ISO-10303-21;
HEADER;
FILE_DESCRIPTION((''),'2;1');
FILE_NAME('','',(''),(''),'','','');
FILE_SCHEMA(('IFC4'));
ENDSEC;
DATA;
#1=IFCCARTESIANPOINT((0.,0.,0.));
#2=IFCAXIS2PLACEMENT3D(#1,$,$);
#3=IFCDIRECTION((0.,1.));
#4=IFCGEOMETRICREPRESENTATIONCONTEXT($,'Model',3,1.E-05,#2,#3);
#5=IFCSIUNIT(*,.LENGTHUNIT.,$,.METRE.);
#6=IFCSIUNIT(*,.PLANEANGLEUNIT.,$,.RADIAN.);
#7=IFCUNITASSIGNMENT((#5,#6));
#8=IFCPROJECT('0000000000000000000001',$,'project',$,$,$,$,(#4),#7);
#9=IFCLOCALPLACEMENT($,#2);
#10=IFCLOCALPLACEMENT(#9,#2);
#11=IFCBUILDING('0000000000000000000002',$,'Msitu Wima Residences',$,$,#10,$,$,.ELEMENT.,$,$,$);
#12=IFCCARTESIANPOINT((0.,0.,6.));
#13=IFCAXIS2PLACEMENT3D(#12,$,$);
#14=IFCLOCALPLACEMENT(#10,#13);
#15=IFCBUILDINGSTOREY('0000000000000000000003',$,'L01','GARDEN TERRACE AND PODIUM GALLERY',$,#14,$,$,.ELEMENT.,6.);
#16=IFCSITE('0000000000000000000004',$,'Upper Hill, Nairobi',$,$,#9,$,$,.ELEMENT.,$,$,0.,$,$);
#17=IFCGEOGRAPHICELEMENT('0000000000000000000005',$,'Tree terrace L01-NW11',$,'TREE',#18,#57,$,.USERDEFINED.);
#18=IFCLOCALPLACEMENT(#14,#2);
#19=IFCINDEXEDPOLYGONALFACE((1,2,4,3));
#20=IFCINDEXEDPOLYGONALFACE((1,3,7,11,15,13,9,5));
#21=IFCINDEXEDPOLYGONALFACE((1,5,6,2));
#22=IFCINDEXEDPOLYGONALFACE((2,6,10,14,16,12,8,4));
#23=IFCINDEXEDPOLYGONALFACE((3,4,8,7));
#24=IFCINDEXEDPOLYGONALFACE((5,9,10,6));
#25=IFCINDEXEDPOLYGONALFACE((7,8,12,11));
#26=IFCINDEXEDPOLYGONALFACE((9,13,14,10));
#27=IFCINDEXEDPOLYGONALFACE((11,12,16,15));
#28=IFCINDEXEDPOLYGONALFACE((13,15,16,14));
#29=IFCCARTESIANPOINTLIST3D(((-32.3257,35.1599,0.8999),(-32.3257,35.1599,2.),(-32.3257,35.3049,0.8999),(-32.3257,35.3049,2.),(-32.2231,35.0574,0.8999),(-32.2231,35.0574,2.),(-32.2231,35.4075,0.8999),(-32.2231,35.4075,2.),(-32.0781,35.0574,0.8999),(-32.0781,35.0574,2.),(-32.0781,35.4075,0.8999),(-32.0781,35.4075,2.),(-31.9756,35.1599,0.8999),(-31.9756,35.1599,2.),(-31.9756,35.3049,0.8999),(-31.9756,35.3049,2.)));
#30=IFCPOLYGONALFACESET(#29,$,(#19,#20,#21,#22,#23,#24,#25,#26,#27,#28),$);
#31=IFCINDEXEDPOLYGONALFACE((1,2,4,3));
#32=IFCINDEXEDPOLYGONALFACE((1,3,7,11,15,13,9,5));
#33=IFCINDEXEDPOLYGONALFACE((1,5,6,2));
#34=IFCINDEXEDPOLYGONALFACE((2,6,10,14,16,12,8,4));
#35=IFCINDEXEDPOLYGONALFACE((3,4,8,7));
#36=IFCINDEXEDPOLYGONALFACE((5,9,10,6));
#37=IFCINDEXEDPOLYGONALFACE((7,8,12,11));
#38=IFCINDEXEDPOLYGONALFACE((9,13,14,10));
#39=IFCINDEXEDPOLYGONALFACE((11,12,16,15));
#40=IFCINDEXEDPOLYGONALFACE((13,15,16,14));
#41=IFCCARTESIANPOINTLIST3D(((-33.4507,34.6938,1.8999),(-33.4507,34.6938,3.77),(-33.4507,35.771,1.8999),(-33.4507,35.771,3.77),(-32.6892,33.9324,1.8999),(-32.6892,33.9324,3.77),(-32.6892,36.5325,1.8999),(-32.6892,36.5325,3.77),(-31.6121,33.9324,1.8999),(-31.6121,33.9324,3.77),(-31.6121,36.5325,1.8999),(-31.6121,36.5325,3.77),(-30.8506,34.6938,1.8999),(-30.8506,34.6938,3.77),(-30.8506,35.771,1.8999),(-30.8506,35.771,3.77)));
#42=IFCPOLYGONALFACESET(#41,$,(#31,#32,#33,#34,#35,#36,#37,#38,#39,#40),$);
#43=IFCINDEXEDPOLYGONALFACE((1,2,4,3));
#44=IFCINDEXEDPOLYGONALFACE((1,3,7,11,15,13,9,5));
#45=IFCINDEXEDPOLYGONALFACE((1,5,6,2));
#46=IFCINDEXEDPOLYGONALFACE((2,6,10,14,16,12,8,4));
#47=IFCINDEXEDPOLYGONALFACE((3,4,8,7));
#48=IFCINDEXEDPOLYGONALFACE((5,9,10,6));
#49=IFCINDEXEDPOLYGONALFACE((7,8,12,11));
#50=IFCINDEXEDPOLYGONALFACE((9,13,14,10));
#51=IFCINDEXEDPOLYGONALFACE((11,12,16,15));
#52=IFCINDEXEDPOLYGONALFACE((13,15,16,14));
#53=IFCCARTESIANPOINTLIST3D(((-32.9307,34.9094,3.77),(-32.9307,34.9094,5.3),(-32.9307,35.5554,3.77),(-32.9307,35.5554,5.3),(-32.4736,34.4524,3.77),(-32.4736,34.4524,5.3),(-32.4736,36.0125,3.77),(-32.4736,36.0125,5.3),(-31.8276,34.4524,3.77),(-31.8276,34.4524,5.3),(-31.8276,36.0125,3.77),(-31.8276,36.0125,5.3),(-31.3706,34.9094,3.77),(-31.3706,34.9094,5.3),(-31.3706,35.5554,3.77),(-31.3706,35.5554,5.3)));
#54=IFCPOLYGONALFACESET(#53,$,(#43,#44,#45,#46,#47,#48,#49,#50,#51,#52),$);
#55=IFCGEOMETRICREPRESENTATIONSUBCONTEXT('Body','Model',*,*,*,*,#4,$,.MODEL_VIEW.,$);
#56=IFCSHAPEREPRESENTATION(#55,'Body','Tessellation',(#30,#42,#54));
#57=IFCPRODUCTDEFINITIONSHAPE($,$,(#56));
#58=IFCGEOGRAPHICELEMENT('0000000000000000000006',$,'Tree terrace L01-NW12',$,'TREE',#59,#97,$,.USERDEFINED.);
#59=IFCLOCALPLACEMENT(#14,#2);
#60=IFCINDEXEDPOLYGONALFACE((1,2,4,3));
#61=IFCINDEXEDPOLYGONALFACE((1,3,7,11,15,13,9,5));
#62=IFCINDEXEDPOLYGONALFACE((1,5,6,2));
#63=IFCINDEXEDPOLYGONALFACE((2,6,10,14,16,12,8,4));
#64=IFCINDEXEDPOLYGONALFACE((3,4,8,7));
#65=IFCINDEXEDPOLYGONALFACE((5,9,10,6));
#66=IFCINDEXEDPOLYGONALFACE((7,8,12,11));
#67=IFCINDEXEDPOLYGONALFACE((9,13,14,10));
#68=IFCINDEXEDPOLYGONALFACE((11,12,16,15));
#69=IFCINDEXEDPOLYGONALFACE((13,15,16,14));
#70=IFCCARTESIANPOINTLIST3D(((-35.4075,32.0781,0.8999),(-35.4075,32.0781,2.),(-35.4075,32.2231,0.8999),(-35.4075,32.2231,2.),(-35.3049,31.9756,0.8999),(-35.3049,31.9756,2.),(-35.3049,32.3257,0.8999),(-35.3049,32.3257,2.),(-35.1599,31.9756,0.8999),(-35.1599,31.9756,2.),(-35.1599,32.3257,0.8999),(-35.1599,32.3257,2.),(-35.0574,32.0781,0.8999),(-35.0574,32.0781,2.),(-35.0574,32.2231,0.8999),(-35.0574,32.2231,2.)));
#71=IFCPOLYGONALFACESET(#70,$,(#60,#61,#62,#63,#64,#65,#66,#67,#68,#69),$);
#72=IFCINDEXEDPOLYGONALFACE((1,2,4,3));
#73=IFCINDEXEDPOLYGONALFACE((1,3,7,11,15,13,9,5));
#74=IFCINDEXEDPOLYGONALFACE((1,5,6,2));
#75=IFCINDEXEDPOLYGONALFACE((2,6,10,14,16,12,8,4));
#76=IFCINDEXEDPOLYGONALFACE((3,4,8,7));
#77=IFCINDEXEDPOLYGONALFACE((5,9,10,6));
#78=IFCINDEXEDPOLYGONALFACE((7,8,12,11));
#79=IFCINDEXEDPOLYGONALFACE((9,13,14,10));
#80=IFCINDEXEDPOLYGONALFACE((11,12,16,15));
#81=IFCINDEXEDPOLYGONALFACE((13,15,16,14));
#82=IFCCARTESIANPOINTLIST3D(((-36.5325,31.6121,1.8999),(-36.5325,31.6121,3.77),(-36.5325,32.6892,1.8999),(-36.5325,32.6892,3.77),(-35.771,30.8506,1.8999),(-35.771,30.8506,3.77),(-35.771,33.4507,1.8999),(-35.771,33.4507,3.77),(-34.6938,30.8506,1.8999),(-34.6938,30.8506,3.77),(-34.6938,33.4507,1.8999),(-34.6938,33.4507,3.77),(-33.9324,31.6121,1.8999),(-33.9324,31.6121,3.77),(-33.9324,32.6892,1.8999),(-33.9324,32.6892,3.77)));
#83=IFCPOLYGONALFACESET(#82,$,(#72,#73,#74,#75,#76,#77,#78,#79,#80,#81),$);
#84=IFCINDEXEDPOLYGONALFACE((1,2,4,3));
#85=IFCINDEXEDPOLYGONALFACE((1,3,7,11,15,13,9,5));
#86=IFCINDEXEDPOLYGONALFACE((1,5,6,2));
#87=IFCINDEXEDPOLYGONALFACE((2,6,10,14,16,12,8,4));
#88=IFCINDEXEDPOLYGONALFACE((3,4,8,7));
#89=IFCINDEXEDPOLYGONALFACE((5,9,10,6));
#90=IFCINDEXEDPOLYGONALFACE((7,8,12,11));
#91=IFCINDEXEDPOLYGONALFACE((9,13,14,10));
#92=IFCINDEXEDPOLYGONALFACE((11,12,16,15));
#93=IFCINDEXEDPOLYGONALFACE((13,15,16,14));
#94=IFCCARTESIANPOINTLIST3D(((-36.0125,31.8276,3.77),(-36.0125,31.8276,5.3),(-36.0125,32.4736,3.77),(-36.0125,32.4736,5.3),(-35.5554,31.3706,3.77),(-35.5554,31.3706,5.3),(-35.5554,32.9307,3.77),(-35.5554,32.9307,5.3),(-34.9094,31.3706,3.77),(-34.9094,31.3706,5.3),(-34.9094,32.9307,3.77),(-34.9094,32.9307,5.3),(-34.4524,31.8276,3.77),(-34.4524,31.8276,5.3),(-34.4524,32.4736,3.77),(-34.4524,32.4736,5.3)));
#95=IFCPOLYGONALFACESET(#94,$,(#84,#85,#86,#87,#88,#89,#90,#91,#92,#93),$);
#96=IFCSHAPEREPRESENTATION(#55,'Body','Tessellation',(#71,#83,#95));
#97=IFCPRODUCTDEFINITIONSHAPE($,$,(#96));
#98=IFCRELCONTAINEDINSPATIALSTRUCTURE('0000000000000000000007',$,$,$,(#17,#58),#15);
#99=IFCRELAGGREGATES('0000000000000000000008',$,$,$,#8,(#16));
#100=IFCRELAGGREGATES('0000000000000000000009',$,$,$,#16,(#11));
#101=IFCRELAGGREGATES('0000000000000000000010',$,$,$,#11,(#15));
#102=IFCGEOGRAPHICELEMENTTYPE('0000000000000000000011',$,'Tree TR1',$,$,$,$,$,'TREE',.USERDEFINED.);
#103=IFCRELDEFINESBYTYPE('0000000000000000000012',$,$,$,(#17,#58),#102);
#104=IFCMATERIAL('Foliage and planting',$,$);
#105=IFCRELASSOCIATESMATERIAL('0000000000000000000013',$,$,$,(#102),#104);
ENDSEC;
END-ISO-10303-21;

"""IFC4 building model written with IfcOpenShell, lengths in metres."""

from ifc_helpers import new_model, si_unit, direction, frame, origin, place, context, subcontext, project, spatial, polyline, outline, extrude, material, type_object, element, save


model = new_model("IFC4")

# Units and contexts
model_context = context("Model", 3, precision=1e-05, world=origin(), true_north=direction((0.0, 1.0)))
body_context = subcontext(model_context, "Body", "Model", "MODEL_VIEW")
ifc_project = project(units=[si_unit("LENGTHUNIT", "METRE"), si_unit("PLANEANGLEUNIT", "RADIAN")], contexts=[model_context])

# Site, building, storey
site_placement = place(None, origin())
site = spatial("IfcSite", under=ifc_project, at=site_placement, Name="Upper Hill, Nairobi", CompositionType="ELEMENT", RefElevation=0.0)
building_placement = place(site_placement, origin())
building = spatial("IfcBuilding", under=site, at=building_placement, Name="Msitu Wima Residences", CompositionType="ELEMENT")
storey_placement = place(building_placement, frame((0.0, 0.0, 6.0)))
storey = spatial("IfcBuildingStorey", under=building, at=storey_placement, Name="L01", Description="GARDEN TERRACE AND PODIUM GALLERY", CompositionType="ELEMENT", Elevation=6.0)

# Geographic elements
ifc_material_1 = material(Name="Foliage and planting")
geographic_element_type = type_object("IfcGeographicElementType", Name="Tree TR1", ElementType="TREE", PredefinedType="USERDEFINED", material=ifc_material_1)
for number, where, z_axis, x_axis, name in (
    (1, (-32.1506, 35.2324, 0.8999), (0.0, 0.0, 1.0), (1.0, 0.0, 0.0), "Tree terrace L01-NW11"),
    (2, (-35.2324, 32.1506, 0.8999), (0.0, 0.0, 1.0), (1.0, 0.0, 0.0), "Tree terrace L01-NW12"),
):
    element("IfcGeographicElement", number, at=place(storey_placement, frame(where, z_axis=z_axis, x_axis=x_axis)), inside=storey, type_object=geographic_element_type, Name=name, ObjectType="TREE", PredefinedType="USERDEFINED", context=body_context, shape_type="SweptSolid", body=[
        extrude(outline(polyline([(0.175, 0.0725), (0.0725, 0.175), (-0.0725, 0.175), (-0.175, 0.0725), (-0.175, -0.0725), (-0.0725, -0.175), (0.0725, -0.175), (0.175, -0.0725), (0.175, 0.0725)])), origin(), (0.0, 0.0, 1.0), 1.1001),
        extrude(outline(polyline([(1.3, 0.5386), (0.5386, 1.3), (-0.5386, 1.3), (-1.3, 0.5386), (-1.3, -0.5386), (-0.5386, -1.3), (0.5386, -1.3), (1.3, -0.5386), (1.3, 0.5386)])), frame((0.0, 0.0, 1.0)), (0.0, 0.0, 1.0), 1.8701),
        extrude(outline(polyline([(0.78, 0.323), (0.323, 0.78), (-0.323, 0.78), (-0.78, 0.323), (-0.78, -0.323), (-0.323, -0.78), (0.323, -0.78), (0.78, -0.323), (0.78, 0.323)])), frame((0.0, 0.0, 2.8701)), (0.0, 0.0, 1.0), 1.53),
    ])

save(model, "model.ifc")
